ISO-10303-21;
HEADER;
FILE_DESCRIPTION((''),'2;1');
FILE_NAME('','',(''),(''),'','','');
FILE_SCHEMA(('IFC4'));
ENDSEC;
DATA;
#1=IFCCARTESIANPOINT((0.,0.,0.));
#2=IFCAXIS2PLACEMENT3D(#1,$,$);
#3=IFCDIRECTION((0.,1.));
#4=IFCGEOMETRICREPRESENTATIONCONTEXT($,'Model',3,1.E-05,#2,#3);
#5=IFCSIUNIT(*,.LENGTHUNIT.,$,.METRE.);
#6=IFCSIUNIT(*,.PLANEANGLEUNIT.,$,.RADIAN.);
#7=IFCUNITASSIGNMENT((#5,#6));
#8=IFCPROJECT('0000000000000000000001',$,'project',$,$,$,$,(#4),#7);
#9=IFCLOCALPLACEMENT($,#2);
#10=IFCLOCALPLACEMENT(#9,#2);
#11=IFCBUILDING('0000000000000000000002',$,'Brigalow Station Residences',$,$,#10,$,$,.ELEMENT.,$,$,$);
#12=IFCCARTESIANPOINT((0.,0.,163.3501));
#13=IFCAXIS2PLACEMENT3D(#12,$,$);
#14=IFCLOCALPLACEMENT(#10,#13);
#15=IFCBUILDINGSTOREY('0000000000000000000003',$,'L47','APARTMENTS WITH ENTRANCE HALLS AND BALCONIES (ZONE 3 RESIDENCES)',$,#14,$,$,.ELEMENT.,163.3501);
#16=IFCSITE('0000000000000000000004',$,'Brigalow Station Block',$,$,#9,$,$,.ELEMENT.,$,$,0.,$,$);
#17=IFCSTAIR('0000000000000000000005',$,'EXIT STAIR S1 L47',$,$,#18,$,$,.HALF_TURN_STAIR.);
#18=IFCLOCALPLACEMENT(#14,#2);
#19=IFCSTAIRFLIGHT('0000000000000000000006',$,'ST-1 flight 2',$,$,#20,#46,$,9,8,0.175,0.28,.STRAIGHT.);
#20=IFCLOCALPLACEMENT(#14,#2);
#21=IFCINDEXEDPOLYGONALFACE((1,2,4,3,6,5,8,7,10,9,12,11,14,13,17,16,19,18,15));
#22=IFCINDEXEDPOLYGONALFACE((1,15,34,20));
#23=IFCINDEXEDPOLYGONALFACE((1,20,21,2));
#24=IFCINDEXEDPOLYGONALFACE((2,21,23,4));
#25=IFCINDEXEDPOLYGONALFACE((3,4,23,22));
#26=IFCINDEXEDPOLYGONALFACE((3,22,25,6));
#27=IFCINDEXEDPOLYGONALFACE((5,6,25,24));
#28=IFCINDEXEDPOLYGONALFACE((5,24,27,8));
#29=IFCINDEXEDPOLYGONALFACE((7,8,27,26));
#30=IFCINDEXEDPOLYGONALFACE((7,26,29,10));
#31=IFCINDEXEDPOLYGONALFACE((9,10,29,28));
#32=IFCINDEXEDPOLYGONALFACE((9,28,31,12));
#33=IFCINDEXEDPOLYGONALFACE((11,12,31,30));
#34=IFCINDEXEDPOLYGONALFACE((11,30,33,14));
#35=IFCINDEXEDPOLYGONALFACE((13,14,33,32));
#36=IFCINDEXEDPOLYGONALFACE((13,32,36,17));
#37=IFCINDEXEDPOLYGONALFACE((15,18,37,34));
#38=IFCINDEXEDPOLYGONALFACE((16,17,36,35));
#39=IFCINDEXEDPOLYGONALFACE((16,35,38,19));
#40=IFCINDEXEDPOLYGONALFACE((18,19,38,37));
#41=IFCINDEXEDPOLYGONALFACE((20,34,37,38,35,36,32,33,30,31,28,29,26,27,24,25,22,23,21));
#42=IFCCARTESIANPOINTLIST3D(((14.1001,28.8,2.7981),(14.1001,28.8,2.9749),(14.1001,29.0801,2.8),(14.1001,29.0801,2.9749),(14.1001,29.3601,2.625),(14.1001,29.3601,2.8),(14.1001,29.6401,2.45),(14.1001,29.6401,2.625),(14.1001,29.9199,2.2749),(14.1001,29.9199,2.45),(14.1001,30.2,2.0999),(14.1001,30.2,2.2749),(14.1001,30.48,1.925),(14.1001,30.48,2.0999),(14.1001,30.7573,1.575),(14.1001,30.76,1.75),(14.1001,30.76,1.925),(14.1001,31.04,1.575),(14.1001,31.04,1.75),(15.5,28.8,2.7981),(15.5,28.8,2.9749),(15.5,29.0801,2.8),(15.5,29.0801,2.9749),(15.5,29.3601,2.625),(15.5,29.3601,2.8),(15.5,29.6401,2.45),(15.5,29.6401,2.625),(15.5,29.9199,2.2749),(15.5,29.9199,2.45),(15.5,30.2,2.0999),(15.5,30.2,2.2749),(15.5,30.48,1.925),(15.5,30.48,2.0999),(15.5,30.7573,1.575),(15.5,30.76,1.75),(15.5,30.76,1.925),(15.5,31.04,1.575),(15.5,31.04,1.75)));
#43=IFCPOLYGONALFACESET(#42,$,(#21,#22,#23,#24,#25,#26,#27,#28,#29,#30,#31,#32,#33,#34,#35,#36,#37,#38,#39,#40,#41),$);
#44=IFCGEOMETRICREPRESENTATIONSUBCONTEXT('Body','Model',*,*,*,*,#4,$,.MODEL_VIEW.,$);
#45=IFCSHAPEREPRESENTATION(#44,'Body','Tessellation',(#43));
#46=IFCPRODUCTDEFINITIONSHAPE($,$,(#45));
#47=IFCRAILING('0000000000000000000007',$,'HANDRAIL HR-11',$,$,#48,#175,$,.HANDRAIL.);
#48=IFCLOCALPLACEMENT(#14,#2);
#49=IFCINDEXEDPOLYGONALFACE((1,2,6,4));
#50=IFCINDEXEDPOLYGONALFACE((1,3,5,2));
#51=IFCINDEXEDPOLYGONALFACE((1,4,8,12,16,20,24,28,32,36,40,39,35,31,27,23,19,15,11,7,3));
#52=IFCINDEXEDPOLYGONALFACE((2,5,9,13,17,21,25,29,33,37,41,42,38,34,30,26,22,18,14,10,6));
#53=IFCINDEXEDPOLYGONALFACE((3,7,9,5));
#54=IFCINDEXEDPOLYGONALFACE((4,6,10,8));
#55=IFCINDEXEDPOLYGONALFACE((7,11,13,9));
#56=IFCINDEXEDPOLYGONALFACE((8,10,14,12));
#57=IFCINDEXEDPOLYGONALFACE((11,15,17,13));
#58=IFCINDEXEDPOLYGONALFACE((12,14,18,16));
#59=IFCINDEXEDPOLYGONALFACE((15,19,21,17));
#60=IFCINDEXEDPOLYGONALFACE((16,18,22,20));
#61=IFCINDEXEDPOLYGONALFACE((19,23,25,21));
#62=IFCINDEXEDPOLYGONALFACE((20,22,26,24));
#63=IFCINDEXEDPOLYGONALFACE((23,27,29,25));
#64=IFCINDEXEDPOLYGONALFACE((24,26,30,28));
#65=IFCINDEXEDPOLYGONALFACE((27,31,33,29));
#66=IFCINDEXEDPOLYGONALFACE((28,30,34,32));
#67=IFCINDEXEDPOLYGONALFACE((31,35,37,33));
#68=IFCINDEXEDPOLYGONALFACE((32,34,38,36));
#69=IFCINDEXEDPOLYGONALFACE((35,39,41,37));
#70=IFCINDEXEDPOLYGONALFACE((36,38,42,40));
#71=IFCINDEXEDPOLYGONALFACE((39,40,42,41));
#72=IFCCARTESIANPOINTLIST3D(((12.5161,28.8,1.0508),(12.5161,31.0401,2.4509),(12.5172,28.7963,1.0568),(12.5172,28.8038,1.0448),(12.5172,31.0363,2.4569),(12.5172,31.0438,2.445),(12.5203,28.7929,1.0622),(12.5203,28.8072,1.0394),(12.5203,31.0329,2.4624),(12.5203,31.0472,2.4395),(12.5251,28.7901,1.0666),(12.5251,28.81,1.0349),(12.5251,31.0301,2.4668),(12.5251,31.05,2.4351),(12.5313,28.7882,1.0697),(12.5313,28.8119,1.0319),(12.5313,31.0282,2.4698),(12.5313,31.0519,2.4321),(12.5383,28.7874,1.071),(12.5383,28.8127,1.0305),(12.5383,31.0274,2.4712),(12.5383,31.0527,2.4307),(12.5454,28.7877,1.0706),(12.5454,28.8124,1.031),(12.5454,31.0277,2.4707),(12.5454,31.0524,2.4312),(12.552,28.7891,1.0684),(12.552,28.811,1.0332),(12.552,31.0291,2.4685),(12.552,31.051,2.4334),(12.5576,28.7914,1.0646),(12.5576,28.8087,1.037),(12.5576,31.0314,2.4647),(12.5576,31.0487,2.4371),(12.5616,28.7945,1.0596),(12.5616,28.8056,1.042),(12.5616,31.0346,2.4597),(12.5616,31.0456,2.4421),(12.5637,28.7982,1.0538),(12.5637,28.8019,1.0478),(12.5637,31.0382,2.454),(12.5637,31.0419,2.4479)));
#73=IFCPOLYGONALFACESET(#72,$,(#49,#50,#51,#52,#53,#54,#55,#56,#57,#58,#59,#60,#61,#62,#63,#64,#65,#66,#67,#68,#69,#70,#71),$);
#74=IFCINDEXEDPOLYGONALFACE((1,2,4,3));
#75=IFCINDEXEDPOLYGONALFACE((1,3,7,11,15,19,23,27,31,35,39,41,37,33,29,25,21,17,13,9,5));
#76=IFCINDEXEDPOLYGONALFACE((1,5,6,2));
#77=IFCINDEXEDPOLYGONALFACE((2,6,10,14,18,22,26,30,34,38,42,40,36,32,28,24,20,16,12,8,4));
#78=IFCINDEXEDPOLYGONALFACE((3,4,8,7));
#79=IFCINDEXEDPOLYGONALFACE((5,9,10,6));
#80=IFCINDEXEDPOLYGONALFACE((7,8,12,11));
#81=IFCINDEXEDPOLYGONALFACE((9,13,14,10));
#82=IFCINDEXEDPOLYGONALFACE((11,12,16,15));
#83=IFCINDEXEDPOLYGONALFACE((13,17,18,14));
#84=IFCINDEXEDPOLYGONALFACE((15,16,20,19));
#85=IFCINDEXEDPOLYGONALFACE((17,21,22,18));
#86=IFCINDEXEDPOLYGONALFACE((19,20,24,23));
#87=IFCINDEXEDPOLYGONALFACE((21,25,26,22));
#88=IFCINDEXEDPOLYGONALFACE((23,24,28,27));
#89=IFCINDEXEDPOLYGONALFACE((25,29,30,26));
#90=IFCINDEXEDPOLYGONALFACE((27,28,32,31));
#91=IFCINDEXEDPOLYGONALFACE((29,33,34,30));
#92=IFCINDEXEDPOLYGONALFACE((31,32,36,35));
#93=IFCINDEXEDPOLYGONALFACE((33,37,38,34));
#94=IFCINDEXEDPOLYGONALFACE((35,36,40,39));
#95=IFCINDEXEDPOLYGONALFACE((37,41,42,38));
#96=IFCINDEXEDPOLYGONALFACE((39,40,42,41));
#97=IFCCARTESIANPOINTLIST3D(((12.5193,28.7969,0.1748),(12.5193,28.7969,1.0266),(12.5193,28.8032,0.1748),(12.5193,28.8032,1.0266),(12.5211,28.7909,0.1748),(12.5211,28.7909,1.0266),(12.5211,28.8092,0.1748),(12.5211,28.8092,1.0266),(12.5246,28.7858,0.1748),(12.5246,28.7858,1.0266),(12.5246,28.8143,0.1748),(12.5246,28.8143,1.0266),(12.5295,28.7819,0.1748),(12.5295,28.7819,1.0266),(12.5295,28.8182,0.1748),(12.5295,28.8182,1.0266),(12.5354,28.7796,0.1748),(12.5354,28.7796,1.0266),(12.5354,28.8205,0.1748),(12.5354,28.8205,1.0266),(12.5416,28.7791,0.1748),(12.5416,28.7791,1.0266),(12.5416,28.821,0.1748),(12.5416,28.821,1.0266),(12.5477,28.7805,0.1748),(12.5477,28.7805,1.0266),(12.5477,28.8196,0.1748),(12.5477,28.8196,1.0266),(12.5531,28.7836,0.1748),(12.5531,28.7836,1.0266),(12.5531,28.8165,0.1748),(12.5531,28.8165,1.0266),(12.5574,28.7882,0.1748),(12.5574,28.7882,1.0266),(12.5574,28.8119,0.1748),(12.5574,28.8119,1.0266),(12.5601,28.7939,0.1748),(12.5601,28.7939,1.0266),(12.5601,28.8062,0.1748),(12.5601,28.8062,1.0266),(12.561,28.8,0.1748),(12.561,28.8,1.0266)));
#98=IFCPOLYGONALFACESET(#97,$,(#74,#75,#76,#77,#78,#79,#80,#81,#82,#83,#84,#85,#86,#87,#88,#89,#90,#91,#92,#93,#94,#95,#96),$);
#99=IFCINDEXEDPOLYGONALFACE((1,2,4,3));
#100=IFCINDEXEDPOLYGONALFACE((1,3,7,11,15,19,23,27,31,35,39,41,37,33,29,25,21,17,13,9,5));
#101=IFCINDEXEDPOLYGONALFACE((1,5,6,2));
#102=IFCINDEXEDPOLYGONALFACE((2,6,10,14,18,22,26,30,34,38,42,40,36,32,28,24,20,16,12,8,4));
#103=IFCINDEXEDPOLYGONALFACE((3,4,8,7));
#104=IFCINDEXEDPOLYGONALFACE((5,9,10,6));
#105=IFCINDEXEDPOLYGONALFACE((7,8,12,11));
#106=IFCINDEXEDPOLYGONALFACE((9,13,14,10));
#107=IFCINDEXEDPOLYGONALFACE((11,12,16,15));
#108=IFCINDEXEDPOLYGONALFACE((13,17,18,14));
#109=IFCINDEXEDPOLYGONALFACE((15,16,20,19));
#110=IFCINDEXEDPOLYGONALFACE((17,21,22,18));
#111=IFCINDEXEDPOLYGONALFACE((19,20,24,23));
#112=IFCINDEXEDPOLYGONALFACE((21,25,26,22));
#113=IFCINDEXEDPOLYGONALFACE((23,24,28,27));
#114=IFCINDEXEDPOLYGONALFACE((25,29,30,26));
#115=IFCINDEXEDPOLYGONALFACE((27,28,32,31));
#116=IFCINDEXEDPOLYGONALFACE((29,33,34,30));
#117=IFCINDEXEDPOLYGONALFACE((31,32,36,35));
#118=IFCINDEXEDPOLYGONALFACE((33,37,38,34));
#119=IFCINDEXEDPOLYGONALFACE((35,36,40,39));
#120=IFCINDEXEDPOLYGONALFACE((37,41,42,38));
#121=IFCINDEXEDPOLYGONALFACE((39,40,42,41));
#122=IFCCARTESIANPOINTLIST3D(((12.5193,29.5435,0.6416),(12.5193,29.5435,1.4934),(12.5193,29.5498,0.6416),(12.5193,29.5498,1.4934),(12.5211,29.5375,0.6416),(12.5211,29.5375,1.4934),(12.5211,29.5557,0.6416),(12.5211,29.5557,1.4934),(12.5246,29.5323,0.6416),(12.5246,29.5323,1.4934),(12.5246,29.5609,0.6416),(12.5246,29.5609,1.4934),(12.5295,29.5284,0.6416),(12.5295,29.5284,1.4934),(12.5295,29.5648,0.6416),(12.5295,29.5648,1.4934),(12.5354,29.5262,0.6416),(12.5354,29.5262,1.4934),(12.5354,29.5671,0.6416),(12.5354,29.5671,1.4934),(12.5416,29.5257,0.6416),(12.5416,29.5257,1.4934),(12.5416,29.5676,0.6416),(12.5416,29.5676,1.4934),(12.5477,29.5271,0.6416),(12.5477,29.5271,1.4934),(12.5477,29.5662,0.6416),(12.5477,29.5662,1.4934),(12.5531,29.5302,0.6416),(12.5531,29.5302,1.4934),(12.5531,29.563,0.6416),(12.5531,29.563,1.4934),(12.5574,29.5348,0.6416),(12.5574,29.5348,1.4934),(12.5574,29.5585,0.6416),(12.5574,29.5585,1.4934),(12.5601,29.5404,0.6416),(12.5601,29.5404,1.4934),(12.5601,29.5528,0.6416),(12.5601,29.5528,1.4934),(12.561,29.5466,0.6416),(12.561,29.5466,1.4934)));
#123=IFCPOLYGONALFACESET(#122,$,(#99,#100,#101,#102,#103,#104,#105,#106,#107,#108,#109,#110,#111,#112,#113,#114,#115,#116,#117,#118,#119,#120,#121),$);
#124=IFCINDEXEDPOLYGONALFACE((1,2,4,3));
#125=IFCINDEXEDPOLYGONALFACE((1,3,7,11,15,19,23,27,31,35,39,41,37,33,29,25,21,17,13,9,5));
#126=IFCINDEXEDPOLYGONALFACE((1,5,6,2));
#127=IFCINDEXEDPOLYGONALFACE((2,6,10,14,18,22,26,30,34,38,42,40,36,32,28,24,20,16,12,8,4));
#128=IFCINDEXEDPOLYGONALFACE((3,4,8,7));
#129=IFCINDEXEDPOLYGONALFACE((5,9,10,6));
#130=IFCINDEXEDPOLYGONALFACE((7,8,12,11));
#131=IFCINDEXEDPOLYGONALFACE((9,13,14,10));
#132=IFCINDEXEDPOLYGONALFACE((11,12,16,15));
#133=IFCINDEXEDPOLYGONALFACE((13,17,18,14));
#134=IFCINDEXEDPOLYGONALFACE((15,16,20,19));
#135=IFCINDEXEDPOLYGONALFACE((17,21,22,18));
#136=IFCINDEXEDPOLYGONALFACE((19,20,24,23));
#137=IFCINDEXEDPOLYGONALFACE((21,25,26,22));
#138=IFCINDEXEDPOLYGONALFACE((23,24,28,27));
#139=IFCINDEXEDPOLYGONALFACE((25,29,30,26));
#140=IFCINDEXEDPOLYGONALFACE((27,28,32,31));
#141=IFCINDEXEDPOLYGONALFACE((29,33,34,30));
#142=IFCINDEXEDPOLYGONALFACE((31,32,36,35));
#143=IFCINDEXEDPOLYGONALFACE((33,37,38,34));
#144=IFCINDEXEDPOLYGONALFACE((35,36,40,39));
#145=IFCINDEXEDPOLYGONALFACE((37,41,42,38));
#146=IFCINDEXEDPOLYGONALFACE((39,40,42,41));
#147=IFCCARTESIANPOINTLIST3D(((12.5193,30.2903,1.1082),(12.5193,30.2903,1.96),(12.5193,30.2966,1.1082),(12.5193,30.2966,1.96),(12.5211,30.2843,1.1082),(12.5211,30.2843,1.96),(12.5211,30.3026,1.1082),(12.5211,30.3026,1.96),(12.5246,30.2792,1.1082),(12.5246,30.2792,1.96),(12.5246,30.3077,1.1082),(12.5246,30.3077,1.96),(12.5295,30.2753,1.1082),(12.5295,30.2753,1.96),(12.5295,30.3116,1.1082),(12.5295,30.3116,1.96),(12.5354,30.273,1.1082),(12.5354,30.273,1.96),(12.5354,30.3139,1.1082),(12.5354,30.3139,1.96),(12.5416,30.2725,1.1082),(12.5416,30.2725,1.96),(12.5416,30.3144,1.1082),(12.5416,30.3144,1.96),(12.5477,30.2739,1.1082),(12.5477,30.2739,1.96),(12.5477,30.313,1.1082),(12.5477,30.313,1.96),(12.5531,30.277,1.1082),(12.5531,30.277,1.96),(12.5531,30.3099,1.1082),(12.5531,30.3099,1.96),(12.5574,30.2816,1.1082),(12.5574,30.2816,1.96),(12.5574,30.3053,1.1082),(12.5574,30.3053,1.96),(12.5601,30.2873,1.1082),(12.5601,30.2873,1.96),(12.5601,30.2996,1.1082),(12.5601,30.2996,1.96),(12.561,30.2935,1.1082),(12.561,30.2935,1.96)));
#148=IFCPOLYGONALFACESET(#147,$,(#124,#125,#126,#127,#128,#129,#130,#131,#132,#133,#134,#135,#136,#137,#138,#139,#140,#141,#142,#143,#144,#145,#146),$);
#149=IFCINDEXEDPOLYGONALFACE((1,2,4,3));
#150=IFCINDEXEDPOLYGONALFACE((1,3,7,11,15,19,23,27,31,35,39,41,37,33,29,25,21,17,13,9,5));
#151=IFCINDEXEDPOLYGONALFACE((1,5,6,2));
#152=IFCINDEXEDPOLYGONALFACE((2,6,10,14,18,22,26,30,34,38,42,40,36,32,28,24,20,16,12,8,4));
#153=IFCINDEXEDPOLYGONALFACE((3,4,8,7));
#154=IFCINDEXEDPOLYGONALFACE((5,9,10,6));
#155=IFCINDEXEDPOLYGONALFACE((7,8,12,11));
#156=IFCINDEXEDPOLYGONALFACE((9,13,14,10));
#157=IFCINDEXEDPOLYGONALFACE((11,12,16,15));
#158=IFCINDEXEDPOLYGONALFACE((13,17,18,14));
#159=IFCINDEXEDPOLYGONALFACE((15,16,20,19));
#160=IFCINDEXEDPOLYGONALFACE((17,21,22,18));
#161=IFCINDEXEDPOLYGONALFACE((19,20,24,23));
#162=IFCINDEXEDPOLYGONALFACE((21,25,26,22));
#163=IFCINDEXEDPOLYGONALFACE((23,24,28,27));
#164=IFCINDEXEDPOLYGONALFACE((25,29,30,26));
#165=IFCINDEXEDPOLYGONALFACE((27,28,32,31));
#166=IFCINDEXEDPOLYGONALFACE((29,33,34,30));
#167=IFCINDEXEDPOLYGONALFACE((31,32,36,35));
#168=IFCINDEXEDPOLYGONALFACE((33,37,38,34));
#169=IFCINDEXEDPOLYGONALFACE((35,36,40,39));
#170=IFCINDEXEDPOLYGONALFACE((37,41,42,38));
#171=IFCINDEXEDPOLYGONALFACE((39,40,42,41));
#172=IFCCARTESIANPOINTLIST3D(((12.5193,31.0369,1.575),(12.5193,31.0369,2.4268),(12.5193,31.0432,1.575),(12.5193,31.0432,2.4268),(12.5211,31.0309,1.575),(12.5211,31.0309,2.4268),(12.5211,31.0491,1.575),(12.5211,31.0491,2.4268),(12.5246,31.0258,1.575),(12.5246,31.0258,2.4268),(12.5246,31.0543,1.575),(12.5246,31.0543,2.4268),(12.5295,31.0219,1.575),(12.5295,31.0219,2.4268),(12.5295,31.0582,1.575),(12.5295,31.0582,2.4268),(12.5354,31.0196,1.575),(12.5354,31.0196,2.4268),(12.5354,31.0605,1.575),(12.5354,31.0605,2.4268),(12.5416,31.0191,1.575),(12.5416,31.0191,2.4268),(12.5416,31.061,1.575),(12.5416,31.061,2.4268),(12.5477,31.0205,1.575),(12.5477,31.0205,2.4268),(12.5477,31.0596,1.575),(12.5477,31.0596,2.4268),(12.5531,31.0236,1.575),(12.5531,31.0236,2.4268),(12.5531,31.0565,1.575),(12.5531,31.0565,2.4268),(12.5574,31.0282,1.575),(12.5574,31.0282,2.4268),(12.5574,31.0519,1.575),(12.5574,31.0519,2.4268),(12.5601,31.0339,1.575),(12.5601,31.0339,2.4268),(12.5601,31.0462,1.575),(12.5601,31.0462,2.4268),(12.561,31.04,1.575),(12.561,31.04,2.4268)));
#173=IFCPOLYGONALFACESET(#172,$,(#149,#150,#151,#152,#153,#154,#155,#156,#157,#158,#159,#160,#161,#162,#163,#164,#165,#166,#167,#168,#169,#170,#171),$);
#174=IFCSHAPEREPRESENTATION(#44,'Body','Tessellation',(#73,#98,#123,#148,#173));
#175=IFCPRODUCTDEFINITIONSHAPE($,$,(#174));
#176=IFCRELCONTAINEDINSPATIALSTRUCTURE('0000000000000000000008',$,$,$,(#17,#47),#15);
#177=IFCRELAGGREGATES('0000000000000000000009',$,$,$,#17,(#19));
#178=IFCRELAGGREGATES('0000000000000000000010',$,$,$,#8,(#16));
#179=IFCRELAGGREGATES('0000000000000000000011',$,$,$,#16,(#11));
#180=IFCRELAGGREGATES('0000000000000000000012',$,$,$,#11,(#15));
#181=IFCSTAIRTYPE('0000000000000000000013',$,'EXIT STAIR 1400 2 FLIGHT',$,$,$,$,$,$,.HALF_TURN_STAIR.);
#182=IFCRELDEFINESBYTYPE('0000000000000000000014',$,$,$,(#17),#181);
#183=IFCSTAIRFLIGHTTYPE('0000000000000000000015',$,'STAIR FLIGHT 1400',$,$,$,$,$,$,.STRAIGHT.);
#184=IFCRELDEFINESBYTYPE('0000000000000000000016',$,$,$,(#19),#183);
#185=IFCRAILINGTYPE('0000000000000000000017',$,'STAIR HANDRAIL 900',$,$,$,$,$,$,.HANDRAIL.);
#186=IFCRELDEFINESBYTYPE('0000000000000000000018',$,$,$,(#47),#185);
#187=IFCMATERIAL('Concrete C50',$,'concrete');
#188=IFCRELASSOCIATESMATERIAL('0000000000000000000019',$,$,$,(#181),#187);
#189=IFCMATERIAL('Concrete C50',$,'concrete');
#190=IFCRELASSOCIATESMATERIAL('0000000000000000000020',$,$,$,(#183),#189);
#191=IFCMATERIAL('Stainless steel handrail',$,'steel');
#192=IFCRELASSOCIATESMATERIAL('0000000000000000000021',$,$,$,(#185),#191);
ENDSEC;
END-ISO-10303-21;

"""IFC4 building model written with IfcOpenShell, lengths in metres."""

from ifc_helpers import new_model, si_unit, direction, frame, origin, origin_2d, place, context, subcontext, project, spatial, polyline, circle, outline, extrude, material, type_object, element, aggregate, save


model = new_model("IFC4")

# Units and contexts
model_context = context("Model", 3, precision=1e-05, world=origin(), true_north=direction((0.0, 1.0)))
body_context = subcontext(model_context, "Body", "Model", "MODEL_VIEW")
ifc_project = project(units=[si_unit("LENGTHUNIT", "METRE"), si_unit("PLANEANGLEUNIT", "RADIAN")], contexts=[model_context])

# Site, building, storey
site_placement = place(None, origin())
site = spatial("IfcSite", under=ifc_project, at=site_placement, Name="Brigalow Station Block", CompositionType="ELEMENT", RefElevation=0.0)
building_placement = place(site_placement, origin())
building = spatial("IfcBuilding", under=site, at=building_placement, Name="Brigalow Station Residences", CompositionType="ELEMENT")
storey_placement = place(building_placement, frame((0.0, 0.0, 163.3501)))
storey = spatial("IfcBuildingStorey", under=building, at=storey_placement, Name="L47", Description="APARTMENTS WITH ENTRANCE HALLS AND BALCONIES (ZONE 3 RESIDENCES)", CompositionType="ELEMENT", Elevation=163.3501)

# Stair, stair flight
ifc_material_1 = material(Name="Concrete C50", Category="concrete")
stair_type = type_object("IfcStairType", Name="EXIT STAIR 1400 2 FLIGHT", PredefinedType="HALF_TURN_STAIR", material=ifc_material_1)
stair_placement = place(storey_placement, origin())
stair = element("IfcStair", 1, at=stair_placement, inside=storey, type_object=stair_type, Name="EXIT STAIR S1 L47", PredefinedType="HALF_TURN_STAIR")
ifc_material_2 = material(Name="Concrete C50", Category="concrete")
stair_flight_type = type_object("IfcStairFlightType", Name="STAIR FLIGHT 1400", PredefinedType="STRAIGHT", material=ifc_material_2)
stair_flight_1_placement = place(storey_placement, frame((14.8, 31.04, 1.575), z_axis=(0.0, 0.0, 1.0), x_axis=(0.0, -1.0, 0.0)))
stair_flight_1 = element("IfcStairFlight", 2, at=stair_flight_1_placement, type_object=stair_flight_type, Name="ST-1 flight 2", NumberOfRisers=9, NumberOfTreads=8, PredefinedType="STRAIGHT", RiserHeight=0.175, TreadLength=0.28, context=body_context, shape_type="SweptSolid", body=[
    extrude(outline(polyline([(0.0, 0.0), (0.0, 0.175), (0.28, 0.175), (0.28, 0.3501), (0.5601, 0.3501), (0.5601, 0.5249), (0.8401, 0.5249), (0.8401, 0.7), (1.1201, 0.7), (1.1201, 0.875), (1.3999, 0.875), (1.3999, 1.05), (1.6799, 1.05), (1.6799, 1.2251), (1.96, 1.2251), (1.96, 1.3999), (2.24, 1.3999), (2.24, 1.575), (2.24, 1.2231), (0.2827, 0.0), (0.0, 0.0)])), frame((0.0, 0.7, 0.0), z_axis=(0.0, -1.0, 0.0), x_axis=(1.0, 0.0, 0.0)), (0.0, 0.0, 1.0), 1.3999),
])
aggregate(stair, [stair_flight_1])

# Railing
ifc_material_3 = material(Name="Stainless steel handrail", Category="steel")
railing_type_1 = type_object("IfcRailingType", Name="STAIR HANDRAIL 900", PredefinedType="HANDRAIL", material=ifc_material_3)
railing_1_placement = place(storey_placement, frame((12.54, 28.8, 0.1748)))
element("IfcRailing", 3, at=railing_1_placement, inside=storey, type_object=railing_type_1, Name="HANDRAIL HR-11", PredefinedType="HANDRAIL", context=body_context, shape_type="SweptSolid", body=[
    extrude(circle(Radius=0.0239, at=origin_2d()), frame((0.0, 0.0, 0.876), z_axis=(0.0, 0.847972, 0.53004), x_axis=(-1.0, 0.0, 0.0)), (0.0, 0.0, 1.0), 2.6416),
    extrude(circle(Radius=0.021, at=origin_2d()), origin(), (0.0, 0.0, 1.0), 0.8518),
    extrude(circle(Radius=0.021, at=origin_2d()), frame((0.0, 0.7466, 0.4668)), (0.0, 0.0, 1.0), 0.8518),
    extrude(circle(Radius=0.021, at=origin_2d()), frame((0.0, 1.4934, 0.9333)), (0.0, 0.0, 1.0), 0.8518),
    extrude(circle(Radius=0.021, at=origin_2d()), frame((0.0, 2.24, 1.4001)), (0.0, 0.0, 1.0), 0.8518),
])

save(model, "model.ifc")
